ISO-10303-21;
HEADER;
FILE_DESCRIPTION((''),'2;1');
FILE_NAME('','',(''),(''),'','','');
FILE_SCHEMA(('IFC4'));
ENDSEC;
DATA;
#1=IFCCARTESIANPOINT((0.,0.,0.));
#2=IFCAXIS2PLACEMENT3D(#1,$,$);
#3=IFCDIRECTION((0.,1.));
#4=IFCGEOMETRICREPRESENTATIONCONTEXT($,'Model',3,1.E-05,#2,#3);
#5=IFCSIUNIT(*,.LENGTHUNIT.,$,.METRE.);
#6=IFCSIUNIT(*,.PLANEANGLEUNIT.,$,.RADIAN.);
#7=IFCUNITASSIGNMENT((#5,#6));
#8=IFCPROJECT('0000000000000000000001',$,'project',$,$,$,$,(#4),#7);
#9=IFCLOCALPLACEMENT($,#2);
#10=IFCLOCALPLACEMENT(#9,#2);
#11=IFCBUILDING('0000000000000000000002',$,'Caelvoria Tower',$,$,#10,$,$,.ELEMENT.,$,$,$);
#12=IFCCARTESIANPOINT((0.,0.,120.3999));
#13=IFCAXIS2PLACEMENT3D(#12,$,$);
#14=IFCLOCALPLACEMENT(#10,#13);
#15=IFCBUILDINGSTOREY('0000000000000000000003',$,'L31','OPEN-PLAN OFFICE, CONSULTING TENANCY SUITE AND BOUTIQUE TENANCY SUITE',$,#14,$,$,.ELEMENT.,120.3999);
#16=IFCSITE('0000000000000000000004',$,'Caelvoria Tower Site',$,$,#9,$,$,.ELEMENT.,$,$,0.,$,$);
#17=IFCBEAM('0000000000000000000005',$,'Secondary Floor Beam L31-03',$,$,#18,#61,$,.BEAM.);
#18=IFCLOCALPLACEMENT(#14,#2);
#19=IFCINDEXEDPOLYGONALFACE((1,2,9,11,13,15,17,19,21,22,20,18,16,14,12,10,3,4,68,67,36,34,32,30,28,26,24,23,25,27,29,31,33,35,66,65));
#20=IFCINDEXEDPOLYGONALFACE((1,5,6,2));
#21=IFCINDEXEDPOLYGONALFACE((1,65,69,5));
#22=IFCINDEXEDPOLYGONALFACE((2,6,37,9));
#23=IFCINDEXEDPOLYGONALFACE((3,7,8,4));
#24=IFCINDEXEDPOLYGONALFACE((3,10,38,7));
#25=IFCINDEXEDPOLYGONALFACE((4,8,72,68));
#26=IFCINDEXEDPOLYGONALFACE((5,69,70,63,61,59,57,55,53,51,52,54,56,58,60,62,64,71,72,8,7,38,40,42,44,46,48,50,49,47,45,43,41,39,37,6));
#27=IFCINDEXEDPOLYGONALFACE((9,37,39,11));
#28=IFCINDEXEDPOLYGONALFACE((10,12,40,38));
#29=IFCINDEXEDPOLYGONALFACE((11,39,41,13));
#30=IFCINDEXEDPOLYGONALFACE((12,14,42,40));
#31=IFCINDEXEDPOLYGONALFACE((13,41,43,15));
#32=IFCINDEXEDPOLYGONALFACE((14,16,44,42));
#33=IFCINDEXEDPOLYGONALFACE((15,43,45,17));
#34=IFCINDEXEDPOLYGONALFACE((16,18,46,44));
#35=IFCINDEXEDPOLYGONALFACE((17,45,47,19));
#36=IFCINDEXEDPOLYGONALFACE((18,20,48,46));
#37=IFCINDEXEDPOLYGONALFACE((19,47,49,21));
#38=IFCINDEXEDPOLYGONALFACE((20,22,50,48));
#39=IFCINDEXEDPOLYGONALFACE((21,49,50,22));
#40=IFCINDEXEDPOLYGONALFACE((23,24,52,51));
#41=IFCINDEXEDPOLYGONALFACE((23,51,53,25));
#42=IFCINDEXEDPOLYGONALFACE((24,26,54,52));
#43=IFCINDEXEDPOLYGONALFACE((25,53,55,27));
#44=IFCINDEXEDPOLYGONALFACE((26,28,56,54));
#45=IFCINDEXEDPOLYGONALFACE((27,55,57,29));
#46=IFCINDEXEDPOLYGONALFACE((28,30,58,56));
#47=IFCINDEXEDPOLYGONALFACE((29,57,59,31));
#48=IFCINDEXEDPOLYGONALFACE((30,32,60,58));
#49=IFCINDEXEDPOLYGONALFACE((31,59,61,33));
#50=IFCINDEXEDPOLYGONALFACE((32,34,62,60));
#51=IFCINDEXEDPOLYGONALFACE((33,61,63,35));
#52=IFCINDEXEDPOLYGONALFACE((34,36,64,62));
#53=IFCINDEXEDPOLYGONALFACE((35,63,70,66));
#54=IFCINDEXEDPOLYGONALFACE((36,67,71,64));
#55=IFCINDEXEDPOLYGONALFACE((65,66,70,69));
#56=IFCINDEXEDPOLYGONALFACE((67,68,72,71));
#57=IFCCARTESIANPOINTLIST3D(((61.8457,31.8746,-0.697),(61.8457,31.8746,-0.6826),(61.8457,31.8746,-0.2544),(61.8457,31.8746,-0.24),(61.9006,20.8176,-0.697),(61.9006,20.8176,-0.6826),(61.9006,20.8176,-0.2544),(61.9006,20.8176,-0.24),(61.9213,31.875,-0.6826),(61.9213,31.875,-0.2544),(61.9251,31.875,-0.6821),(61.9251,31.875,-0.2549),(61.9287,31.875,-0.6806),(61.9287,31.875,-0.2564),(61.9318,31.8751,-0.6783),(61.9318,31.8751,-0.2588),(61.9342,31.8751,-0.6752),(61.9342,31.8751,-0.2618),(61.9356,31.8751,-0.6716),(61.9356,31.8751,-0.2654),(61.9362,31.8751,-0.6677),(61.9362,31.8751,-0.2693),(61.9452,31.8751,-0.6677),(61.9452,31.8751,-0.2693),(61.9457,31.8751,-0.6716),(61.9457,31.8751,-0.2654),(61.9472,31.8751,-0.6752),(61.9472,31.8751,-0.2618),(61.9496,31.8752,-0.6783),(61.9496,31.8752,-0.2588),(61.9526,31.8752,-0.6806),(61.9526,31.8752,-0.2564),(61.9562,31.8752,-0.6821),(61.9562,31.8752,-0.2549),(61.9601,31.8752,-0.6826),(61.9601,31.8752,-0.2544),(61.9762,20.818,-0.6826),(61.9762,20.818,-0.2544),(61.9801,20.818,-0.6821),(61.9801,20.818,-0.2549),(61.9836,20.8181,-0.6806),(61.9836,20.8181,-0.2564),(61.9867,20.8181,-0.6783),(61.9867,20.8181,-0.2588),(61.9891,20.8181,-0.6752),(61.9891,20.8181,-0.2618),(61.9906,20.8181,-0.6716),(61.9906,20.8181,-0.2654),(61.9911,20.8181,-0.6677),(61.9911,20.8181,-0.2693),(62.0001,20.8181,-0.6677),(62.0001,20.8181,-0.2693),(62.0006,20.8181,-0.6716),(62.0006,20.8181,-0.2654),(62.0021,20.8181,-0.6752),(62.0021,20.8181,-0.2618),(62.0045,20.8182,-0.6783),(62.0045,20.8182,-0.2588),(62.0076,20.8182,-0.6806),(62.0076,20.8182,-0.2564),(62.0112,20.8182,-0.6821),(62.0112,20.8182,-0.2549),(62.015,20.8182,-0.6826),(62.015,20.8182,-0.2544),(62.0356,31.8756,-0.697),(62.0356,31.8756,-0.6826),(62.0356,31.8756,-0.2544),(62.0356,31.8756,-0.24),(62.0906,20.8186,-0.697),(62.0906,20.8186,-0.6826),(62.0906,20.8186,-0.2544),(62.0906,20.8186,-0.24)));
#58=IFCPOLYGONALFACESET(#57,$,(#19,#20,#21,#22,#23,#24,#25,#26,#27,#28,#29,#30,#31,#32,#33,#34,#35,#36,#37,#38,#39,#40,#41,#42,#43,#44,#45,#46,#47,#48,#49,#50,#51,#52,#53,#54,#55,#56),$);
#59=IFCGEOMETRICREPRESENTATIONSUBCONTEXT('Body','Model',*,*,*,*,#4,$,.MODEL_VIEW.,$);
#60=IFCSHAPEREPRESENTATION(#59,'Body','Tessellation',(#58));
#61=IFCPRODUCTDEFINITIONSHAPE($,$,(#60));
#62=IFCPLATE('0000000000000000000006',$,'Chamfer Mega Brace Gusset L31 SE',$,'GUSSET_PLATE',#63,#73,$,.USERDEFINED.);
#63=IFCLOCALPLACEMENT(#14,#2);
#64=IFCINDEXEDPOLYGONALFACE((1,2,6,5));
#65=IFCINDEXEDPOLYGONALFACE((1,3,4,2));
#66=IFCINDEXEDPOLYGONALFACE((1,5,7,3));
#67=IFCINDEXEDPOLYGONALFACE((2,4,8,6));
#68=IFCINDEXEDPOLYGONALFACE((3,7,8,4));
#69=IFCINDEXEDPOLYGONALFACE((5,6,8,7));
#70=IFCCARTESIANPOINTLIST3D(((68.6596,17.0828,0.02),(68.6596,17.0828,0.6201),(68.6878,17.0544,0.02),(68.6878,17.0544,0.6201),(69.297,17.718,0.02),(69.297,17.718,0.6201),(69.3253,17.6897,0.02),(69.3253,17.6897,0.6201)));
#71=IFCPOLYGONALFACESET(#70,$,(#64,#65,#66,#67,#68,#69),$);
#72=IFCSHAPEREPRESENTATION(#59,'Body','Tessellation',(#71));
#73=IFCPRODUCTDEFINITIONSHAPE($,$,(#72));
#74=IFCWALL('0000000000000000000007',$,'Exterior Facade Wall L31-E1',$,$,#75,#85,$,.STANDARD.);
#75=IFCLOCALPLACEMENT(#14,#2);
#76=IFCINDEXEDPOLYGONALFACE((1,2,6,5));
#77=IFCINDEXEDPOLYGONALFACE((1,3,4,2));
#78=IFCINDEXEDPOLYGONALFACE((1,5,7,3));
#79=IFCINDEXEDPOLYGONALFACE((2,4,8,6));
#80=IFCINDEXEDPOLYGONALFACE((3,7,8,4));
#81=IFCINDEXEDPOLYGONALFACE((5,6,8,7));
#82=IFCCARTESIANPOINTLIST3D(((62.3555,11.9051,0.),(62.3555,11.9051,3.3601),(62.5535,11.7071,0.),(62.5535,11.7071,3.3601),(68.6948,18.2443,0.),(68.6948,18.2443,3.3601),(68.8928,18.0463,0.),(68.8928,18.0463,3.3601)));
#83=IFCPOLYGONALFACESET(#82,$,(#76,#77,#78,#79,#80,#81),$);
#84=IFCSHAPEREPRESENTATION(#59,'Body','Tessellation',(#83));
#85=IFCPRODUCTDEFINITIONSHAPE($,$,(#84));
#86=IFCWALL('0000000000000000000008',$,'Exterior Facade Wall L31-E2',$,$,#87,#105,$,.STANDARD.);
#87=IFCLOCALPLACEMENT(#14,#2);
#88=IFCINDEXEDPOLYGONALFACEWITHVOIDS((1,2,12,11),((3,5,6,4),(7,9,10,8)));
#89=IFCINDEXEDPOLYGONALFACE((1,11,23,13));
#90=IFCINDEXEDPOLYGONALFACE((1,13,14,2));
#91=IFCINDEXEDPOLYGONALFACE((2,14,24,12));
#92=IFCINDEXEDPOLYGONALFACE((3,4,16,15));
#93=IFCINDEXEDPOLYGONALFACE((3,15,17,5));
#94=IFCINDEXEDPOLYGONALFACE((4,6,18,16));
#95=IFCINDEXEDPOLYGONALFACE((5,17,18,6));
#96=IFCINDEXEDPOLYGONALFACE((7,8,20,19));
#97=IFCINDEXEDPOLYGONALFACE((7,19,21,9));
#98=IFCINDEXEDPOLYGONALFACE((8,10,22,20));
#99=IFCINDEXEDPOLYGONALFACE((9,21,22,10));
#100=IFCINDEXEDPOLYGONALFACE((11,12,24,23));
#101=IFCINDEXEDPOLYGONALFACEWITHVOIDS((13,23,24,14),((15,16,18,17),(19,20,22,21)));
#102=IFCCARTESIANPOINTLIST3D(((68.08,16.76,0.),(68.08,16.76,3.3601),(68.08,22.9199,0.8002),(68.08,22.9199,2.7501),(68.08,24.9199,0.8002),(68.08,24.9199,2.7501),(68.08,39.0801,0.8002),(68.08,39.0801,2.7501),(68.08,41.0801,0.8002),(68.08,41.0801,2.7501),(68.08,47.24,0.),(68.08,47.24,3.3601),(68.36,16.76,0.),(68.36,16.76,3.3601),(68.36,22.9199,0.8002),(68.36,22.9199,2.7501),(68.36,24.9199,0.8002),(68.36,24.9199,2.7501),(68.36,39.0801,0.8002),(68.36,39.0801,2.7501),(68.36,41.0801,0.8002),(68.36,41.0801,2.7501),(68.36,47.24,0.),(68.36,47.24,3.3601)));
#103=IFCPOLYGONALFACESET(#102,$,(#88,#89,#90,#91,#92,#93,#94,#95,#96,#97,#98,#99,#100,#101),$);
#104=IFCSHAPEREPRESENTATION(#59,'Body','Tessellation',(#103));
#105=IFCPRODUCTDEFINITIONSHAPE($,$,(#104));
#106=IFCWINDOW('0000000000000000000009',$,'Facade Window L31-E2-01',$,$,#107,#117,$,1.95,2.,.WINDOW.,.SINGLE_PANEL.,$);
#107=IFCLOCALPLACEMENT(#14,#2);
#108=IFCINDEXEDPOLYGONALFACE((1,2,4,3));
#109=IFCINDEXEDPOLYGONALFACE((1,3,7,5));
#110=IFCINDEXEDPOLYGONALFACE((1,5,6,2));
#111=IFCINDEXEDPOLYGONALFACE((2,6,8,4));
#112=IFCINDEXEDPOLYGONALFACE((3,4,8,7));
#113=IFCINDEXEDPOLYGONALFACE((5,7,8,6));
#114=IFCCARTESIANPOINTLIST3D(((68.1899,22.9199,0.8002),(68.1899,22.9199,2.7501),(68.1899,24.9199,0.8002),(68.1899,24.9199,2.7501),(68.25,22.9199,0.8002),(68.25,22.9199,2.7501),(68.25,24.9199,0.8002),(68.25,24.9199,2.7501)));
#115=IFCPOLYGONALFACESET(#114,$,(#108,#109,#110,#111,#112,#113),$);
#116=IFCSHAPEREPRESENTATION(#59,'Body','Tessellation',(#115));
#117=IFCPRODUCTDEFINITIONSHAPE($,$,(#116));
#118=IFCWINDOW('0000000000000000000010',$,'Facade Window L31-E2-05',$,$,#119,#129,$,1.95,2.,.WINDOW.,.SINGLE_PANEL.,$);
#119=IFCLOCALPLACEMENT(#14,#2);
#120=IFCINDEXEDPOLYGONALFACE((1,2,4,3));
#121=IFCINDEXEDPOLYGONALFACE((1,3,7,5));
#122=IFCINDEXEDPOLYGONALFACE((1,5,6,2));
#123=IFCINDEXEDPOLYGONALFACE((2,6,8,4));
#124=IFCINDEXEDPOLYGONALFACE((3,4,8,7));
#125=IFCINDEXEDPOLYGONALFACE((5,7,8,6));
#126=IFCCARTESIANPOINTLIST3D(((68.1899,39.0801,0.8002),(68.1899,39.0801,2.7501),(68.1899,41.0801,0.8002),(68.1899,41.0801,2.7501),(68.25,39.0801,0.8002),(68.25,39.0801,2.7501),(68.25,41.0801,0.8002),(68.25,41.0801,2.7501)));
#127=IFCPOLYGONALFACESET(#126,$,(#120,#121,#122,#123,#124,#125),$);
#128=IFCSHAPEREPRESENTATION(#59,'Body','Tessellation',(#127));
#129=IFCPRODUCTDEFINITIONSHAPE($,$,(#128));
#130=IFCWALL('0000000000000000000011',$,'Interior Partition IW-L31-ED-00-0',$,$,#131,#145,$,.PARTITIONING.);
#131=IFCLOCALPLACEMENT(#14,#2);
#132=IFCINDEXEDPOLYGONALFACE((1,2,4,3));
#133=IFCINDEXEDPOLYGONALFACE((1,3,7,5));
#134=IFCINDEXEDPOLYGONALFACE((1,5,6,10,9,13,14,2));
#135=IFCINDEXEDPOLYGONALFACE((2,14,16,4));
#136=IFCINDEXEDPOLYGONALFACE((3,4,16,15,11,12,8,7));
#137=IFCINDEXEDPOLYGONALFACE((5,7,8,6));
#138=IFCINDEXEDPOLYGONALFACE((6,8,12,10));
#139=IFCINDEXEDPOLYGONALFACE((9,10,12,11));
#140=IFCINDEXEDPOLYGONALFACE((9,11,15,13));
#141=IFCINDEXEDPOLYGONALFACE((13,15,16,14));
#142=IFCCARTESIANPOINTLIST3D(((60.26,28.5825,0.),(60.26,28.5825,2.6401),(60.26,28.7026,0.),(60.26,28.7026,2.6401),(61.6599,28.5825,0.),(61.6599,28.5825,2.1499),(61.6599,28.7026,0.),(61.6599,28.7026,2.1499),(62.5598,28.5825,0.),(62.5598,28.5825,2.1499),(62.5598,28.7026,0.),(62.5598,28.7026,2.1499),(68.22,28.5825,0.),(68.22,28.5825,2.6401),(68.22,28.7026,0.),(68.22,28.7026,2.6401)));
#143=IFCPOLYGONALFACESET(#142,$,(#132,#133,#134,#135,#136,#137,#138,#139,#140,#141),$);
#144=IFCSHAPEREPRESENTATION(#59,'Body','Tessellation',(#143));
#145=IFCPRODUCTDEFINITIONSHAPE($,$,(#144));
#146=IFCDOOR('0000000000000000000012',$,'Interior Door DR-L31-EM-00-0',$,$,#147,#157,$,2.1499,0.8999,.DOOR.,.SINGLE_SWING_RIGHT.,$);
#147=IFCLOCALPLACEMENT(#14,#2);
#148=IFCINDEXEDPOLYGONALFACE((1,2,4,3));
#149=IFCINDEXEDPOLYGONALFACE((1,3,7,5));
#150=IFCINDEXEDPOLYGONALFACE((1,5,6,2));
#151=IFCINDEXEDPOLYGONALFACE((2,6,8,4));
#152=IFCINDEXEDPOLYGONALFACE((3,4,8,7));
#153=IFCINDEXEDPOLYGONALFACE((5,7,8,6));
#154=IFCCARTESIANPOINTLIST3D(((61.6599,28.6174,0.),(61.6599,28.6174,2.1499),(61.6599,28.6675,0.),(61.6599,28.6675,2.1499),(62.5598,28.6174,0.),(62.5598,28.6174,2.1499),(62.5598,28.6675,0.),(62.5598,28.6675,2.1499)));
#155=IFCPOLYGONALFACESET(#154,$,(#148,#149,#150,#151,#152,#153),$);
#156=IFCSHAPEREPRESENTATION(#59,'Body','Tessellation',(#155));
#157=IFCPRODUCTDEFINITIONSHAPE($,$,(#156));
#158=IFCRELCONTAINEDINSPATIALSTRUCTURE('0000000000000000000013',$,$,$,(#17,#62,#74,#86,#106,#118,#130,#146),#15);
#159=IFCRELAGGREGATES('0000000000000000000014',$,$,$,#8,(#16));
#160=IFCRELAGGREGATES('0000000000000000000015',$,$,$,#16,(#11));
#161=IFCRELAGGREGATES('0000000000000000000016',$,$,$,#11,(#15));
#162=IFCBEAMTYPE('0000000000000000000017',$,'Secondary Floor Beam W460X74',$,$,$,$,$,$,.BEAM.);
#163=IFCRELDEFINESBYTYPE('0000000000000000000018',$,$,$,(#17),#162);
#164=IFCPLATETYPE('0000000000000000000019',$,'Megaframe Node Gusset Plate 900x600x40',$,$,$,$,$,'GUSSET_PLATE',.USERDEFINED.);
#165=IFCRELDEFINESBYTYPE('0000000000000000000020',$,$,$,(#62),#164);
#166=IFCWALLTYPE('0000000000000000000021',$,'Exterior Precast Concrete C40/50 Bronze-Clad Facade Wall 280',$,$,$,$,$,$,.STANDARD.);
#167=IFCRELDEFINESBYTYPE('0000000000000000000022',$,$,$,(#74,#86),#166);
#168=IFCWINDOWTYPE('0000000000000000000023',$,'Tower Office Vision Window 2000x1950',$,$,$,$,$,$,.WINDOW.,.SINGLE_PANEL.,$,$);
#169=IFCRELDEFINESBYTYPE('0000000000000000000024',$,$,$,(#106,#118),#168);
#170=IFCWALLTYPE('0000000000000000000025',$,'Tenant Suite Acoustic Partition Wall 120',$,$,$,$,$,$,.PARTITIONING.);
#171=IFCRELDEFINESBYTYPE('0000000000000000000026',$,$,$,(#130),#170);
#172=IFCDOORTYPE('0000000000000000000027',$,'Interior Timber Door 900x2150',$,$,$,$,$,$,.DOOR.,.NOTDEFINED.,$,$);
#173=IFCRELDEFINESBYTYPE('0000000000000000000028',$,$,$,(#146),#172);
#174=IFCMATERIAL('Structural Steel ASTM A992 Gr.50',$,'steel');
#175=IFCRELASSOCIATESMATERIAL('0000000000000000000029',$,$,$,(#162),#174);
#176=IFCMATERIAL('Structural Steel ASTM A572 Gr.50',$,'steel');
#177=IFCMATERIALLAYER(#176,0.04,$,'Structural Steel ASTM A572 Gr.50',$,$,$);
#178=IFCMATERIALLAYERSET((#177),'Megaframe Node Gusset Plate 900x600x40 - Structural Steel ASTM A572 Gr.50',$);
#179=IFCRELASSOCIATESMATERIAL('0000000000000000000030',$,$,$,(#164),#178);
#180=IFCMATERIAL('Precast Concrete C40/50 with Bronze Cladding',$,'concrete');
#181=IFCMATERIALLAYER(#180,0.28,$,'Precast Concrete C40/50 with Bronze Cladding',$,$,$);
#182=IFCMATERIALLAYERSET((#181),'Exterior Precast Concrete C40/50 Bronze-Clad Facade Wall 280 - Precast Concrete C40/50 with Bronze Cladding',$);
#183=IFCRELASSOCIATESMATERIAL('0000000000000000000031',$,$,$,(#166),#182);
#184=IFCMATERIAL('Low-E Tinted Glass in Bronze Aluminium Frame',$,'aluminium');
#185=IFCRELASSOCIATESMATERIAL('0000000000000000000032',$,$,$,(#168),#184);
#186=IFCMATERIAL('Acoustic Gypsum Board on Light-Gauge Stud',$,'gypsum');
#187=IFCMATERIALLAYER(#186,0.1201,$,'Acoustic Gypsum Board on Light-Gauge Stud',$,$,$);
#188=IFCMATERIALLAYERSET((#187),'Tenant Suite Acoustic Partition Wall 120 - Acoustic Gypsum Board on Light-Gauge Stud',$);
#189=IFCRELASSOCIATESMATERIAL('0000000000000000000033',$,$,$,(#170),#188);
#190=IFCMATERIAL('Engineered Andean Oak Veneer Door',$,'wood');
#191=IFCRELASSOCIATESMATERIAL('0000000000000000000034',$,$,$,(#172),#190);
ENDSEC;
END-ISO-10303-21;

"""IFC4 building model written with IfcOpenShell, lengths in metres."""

from ifc_helpers import new_model, si_unit, direction, frame, frame_2d, origin, origin_2d, place, context, subcontext, project, spatial, rectangle, i_section, extrude, material, layer, layer_set, material_profile, profile_set, type_object, element, fill, save


model = new_model("IFC4")

# Units and contexts
model_context = context("Model", 3, precision=1e-05, world=origin(), true_north=direction((0.0, 1.0)))
body_context = subcontext(model_context, "Body", "Model", "MODEL_VIEW")
ifc_project = project(units=[si_unit("LENGTHUNIT", "METRE"), si_unit("PLANEANGLEUNIT", "RADIAN")], contexts=[model_context])

# Site, building, storey
site_placement = place(None, origin())
site = spatial("IfcSite", under=ifc_project, at=site_placement, Name="Caelvoria Tower Site", CompositionType="ELEMENT", RefElevation=0.0)
building_placement = place(site_placement, origin())
building = spatial("IfcBuilding", under=site, at=building_placement, Name="Caelvoria Tower", CompositionType="ELEMENT")
storey_placement = place(building_placement, frame((0.0, 0.0, 120.3999)))
storey = spatial("IfcBuildingStorey", under=building, at=storey_placement, Name="L31", Description="OPEN-PLAN OFFICE, CONSULTING TENANCY SUITE AND BOUTIQUE TENANCY SUITE", CompositionType="ELEMENT", Elevation=120.3999)

# Shared definitions
ifc_material_1 = material(Name="Structural Steel ASTM A572 Gr.50", Category="steel")

# Beam
ifc_material_2 = material(Name="Structural Steel ASTM A992 Gr.50", Category="steel")
ifc_material_profile_1 = material_profile(ifc_material_2, i_section(OverallWidth=0.1899, OverallDepth=0.457, WebThickness=0.009, FlangeThickness=0.0144, FilletRadius=0.0149, at=origin_2d()), Name="Structural Steel ASTM A992 Gr.50")
ifc_profile_set_1 = profile_set([ifc_material_profile_1], Name="W460X74 - Structural Steel ASTM A992 Gr.50")
beam_type_1 = type_object("IfcBeamType", Name="Secondary Floor Beam W460X74", PredefinedType="BEAM", material=ifc_profile_set_1)
beam_1_placement = place(storey_placement, frame((61.9956, 20.8181, -0.4685), z_axis=(-0.004968, 0.999988, 0.0), x_axis=(-0.999988, -0.004968, 0.0)))
element("IfcBeam", 1, at=beam_1_placement, inside=storey, type_object=beam_type_1, Name="Secondary Floor Beam L31-03", PredefinedType="BEAM", context=body_context, shape_type="SweptSolid", body=[
    extrude(i_section(OverallWidth=0.1899, OverallDepth=0.457, WebThickness=0.009, FlangeThickness=0.0144, FilletRadius=0.0149, at=origin_2d()), origin(), (0.0, 0.0, 1.0), 11.0571),
])

# Plate
ifc_layer_1 = layer(ifc_material_1, 0.04, Name="Structural Steel ASTM A572 Gr.50")
ifc_layer_set_1 = layer_set([ifc_layer_1], Name="Megaframe Node Gusset Plate 900x600x40 - Structural Steel ASTM A572 Gr.50")
plate_type = type_object("IfcPlateType", Name="Megaframe Node Gusset Plate 900x600x40", ElementType="GUSSET_PLATE", PredefinedType="USERDEFINED", material=ifc_layer_set_1)
plate_placement = place(storey_placement, frame((68.9924, 17.3862, 0.02), z_axis=(0.0, 0.0, 1.0), x_axis=(-0.708346, -0.705865, 0.0)))
element("IfcPlate", 2, at=plate_placement, inside=storey, type_object=plate_type, Name="Chamfer Mega Brace Gusset L31 SE", ObjectType="GUSSET_PLATE", PredefinedType="USERDEFINED", context=body_context, shape_type="SweptSolid", body=[
    extrude(rectangle(XDim=0.8999, YDim=0.04, at=origin_2d()), origin(), (0.0, 0.0, 1.0), 0.6001),
])

# Wall
ifc_material_3 = material(Name="Precast Concrete C40/50 with Bronze Cladding", Category="concrete")
ifc_layer_2 = layer(ifc_material_3, 0.28, Name="Precast Concrete C40/50 with Bronze Cladding")
ifc_layer_set_2 = layer_set([ifc_layer_2], Name="Exterior Precast Concrete C40/50 Bronze-Clad Facade Wall 280 - Precast Concrete C40/50 with Bronze Cladding")
wall_type_1 = type_object("IfcWallType", Name="Exterior Precast Concrete C40/50 Bronze-Clad Facade Wall 280", PredefinedType="STANDARD", material=ifc_layer_set_2)
wall_1_placement = place(storey_placement, frame((62.4546, 11.8062, 0.0), z_axis=(0.0, 0.0, 1.0), x_axis=(0.707107, 0.707107, 0.0)))
element("IfcWall", 3, at=wall_1_placement, inside=storey, type_object=wall_type_1, Name="Exterior Facade Wall L31-E1", PredefinedType="STANDARD", context=body_context, shape_type="SweptSolid", body=[
    extrude(rectangle(XDim=8.9651, YDim=0.28, at=frame_2d((4.4824, 0.0))), origin(), (0.0, 0.0, 1.0), 3.3601),
])

# Wall, openings, windows
wall_2_placement = place(storey_placement, frame((68.22, 16.76, 0.0), z_axis=(0.0, 0.0, 1.0), x_axis=(0.0, 1.0, 0.0)))
wall_2 = element("IfcWall", 4, at=wall_2_placement, inside=storey, type_object=wall_type_1, Name="Exterior Facade Wall L31-E2", PredefinedType="STANDARD", context=body_context, shape_type="SweptSolid", body=[
    extrude(rectangle(XDim=30.48, YDim=0.28, at=frame_2d((15.24, 0.0))), origin(), (0.0, 0.0, 1.0), 3.3601),
])
opening_1_placement = place(wall_2_placement, frame((6.1599, 0.0, 0.8)))
opening_1 = element("IfcOpeningElement", 5, at=opening_1_placement, cuts=wall_2, PredefinedType="OPENING", context=body_context, shape_type="SweptSolid", body=[
    extrude(rectangle(XDim=2.0, YDim=1.95, at=frame_2d((1.0, 0.9751))), frame((0.0, 0.1499, 0.0), z_axis=(0.0, -1.0, 0.0), x_axis=(1.0, 0.0, 0.0)), (0.0, 0.0, 1.0), 0.3),
])
opening_2_placement = place(wall_2_placement, frame((22.3201, 0.0, 0.8)))
opening_2 = element("IfcOpeningElement", 6, at=opening_2_placement, cuts=wall_2, PredefinedType="OPENING", context=body_context, shape_type="SweptSolid", body=[
    extrude(rectangle(XDim=2.0, YDim=1.95, at=frame_2d((1.0, 0.9751))), frame((0.0, 0.1499, 0.0), z_axis=(0.0, -1.0, 0.0), x_axis=(1.0, 0.0, 0.0)), (0.0, 0.0, 1.0), 0.3),
])
ifc_material_4 = material(Name="Low-E Tinted Glass in Bronze Aluminium Frame", Category="aluminium")
window_type = type_object("IfcWindowType", Name="Tower Office Vision Window 2000x1950", PartitioningType="SINGLE_PANEL", PredefinedType="WINDOW", material=ifc_material_4)
window_1_placement = place(opening_1_placement, origin())
window_1 = element("IfcWindow", 7, at=window_1_placement, inside=storey, type_object=window_type, Name="Facade Window L31-E2-01", OverallHeight=1.95, OverallWidth=2.0, PartitioningType="SINGLE_PANEL", PredefinedType="WINDOW", context=body_context, shape_type="SweptSolid", body=[
    extrude(rectangle(XDim=2.0, YDim=1.95, at=frame_2d((1.0, 0.9751))), frame((0.0, 0.03, 0.0), z_axis=(0.0, -1.0, 0.0), x_axis=(1.0, 0.0, 0.0)), (0.0, 0.0, 1.0), 0.0601),
])
fill(opening_1, window_1)
window_2_placement = place(opening_2_placement, origin())
window_2 = element("IfcWindow", 8, at=window_2_placement, inside=storey, type_object=window_type, Name="Facade Window L31-E2-05", OverallHeight=1.95, OverallWidth=2.0, PartitioningType="SINGLE_PANEL", PredefinedType="WINDOW", context=body_context, shape_type="SweptSolid", body=[
    extrude(rectangle(XDim=2.0, YDim=1.95, at=frame_2d((1.0, 0.9751))), frame((0.0, 0.03, 0.0), z_axis=(0.0, -1.0, 0.0), x_axis=(1.0, 0.0, 0.0)), (0.0, 0.0, 1.0), 0.0601),
])
fill(opening_2, window_2)

# Wall, opening, door
ifc_material_5 = material(Name="Acoustic Gypsum Board on Light-Gauge Stud", Category="gypsum")
ifc_layer_3 = layer(ifc_material_5, 0.1201, Name="Acoustic Gypsum Board on Light-Gauge Stud")
ifc_layer_set_3 = layer_set([ifc_layer_3], Name="Tenant Suite Acoustic Partition Wall 120 - Acoustic Gypsum Board on Light-Gauge Stud")
wall_type_2 = type_object("IfcWallType", Name="Tenant Suite Acoustic Partition Wall 120", PredefinedType="PARTITIONING", material=ifc_layer_set_3)
wall_3_placement = place(storey_placement, frame((60.26, 28.6426, 0.0), z_axis=(0.0, 0.0, 1.0), x_axis=(1.0, 0.0, 0.0)))
wall_3 = element("IfcWall", 9, at=wall_3_placement, inside=storey, type_object=wall_type_2, Name="Interior Partition IW-L31-ED-00-0", PredefinedType="PARTITIONING", context=body_context, shape_type="SweptSolid", body=[
    extrude(rectangle(XDim=7.96, YDim=0.1201, at=frame_2d((3.98, 0.0))), origin(), (0.0, 0.0, 1.0), 2.6401),
])
opening_3_placement = place(wall_3_placement, frame((1.3999, 0.0, 0.0)))
opening_3 = element("IfcOpeningElement", 10, at=opening_3_placement, cuts=wall_3, PredefinedType="OPENING", context=body_context, shape_type="SweptSolid", body=[
    extrude(rectangle(XDim=0.8999, YDim=2.1499, at=frame_2d((0.45, 1.075))), frame((0.0, 0.0701, 0.0), z_axis=(0.0, -1.0, 0.0), x_axis=(1.0, 0.0, 0.0)), (0.0, 0.0, 1.0), 0.1401),
])
ifc_material_6 = material(Name="Engineered Andean Oak Veneer Door", Category="wood")
door_type_1 = type_object("IfcDoorType", Name="Interior Timber Door 900x2150", OperationType="NOTDEFINED", PredefinedType="DOOR", material=ifc_material_6)
door_1_placement = place(opening_3_placement, origin())
door_1 = element("IfcDoor", 11, at=door_1_placement, inside=storey, type_object=door_type_1, Name="Interior Door DR-L31-EM-00-0", OperationType="SINGLE_SWING_RIGHT", OverallHeight=2.1499, OverallWidth=0.8999, PredefinedType="DOOR", context=body_context, shape_type="SweptSolid", body=[
    extrude(rectangle(XDim=0.8999, YDim=2.1499, at=frame_2d((0.45, 1.075))), frame((0.0, 0.0249, 0.0), z_axis=(0.0, -1.0, 0.0), x_axis=(1.0, 0.0, 0.0)), (0.0, 0.0, 1.0), 0.05),
])
fill(opening_3, door_1)

save(model, "model.ifc")
